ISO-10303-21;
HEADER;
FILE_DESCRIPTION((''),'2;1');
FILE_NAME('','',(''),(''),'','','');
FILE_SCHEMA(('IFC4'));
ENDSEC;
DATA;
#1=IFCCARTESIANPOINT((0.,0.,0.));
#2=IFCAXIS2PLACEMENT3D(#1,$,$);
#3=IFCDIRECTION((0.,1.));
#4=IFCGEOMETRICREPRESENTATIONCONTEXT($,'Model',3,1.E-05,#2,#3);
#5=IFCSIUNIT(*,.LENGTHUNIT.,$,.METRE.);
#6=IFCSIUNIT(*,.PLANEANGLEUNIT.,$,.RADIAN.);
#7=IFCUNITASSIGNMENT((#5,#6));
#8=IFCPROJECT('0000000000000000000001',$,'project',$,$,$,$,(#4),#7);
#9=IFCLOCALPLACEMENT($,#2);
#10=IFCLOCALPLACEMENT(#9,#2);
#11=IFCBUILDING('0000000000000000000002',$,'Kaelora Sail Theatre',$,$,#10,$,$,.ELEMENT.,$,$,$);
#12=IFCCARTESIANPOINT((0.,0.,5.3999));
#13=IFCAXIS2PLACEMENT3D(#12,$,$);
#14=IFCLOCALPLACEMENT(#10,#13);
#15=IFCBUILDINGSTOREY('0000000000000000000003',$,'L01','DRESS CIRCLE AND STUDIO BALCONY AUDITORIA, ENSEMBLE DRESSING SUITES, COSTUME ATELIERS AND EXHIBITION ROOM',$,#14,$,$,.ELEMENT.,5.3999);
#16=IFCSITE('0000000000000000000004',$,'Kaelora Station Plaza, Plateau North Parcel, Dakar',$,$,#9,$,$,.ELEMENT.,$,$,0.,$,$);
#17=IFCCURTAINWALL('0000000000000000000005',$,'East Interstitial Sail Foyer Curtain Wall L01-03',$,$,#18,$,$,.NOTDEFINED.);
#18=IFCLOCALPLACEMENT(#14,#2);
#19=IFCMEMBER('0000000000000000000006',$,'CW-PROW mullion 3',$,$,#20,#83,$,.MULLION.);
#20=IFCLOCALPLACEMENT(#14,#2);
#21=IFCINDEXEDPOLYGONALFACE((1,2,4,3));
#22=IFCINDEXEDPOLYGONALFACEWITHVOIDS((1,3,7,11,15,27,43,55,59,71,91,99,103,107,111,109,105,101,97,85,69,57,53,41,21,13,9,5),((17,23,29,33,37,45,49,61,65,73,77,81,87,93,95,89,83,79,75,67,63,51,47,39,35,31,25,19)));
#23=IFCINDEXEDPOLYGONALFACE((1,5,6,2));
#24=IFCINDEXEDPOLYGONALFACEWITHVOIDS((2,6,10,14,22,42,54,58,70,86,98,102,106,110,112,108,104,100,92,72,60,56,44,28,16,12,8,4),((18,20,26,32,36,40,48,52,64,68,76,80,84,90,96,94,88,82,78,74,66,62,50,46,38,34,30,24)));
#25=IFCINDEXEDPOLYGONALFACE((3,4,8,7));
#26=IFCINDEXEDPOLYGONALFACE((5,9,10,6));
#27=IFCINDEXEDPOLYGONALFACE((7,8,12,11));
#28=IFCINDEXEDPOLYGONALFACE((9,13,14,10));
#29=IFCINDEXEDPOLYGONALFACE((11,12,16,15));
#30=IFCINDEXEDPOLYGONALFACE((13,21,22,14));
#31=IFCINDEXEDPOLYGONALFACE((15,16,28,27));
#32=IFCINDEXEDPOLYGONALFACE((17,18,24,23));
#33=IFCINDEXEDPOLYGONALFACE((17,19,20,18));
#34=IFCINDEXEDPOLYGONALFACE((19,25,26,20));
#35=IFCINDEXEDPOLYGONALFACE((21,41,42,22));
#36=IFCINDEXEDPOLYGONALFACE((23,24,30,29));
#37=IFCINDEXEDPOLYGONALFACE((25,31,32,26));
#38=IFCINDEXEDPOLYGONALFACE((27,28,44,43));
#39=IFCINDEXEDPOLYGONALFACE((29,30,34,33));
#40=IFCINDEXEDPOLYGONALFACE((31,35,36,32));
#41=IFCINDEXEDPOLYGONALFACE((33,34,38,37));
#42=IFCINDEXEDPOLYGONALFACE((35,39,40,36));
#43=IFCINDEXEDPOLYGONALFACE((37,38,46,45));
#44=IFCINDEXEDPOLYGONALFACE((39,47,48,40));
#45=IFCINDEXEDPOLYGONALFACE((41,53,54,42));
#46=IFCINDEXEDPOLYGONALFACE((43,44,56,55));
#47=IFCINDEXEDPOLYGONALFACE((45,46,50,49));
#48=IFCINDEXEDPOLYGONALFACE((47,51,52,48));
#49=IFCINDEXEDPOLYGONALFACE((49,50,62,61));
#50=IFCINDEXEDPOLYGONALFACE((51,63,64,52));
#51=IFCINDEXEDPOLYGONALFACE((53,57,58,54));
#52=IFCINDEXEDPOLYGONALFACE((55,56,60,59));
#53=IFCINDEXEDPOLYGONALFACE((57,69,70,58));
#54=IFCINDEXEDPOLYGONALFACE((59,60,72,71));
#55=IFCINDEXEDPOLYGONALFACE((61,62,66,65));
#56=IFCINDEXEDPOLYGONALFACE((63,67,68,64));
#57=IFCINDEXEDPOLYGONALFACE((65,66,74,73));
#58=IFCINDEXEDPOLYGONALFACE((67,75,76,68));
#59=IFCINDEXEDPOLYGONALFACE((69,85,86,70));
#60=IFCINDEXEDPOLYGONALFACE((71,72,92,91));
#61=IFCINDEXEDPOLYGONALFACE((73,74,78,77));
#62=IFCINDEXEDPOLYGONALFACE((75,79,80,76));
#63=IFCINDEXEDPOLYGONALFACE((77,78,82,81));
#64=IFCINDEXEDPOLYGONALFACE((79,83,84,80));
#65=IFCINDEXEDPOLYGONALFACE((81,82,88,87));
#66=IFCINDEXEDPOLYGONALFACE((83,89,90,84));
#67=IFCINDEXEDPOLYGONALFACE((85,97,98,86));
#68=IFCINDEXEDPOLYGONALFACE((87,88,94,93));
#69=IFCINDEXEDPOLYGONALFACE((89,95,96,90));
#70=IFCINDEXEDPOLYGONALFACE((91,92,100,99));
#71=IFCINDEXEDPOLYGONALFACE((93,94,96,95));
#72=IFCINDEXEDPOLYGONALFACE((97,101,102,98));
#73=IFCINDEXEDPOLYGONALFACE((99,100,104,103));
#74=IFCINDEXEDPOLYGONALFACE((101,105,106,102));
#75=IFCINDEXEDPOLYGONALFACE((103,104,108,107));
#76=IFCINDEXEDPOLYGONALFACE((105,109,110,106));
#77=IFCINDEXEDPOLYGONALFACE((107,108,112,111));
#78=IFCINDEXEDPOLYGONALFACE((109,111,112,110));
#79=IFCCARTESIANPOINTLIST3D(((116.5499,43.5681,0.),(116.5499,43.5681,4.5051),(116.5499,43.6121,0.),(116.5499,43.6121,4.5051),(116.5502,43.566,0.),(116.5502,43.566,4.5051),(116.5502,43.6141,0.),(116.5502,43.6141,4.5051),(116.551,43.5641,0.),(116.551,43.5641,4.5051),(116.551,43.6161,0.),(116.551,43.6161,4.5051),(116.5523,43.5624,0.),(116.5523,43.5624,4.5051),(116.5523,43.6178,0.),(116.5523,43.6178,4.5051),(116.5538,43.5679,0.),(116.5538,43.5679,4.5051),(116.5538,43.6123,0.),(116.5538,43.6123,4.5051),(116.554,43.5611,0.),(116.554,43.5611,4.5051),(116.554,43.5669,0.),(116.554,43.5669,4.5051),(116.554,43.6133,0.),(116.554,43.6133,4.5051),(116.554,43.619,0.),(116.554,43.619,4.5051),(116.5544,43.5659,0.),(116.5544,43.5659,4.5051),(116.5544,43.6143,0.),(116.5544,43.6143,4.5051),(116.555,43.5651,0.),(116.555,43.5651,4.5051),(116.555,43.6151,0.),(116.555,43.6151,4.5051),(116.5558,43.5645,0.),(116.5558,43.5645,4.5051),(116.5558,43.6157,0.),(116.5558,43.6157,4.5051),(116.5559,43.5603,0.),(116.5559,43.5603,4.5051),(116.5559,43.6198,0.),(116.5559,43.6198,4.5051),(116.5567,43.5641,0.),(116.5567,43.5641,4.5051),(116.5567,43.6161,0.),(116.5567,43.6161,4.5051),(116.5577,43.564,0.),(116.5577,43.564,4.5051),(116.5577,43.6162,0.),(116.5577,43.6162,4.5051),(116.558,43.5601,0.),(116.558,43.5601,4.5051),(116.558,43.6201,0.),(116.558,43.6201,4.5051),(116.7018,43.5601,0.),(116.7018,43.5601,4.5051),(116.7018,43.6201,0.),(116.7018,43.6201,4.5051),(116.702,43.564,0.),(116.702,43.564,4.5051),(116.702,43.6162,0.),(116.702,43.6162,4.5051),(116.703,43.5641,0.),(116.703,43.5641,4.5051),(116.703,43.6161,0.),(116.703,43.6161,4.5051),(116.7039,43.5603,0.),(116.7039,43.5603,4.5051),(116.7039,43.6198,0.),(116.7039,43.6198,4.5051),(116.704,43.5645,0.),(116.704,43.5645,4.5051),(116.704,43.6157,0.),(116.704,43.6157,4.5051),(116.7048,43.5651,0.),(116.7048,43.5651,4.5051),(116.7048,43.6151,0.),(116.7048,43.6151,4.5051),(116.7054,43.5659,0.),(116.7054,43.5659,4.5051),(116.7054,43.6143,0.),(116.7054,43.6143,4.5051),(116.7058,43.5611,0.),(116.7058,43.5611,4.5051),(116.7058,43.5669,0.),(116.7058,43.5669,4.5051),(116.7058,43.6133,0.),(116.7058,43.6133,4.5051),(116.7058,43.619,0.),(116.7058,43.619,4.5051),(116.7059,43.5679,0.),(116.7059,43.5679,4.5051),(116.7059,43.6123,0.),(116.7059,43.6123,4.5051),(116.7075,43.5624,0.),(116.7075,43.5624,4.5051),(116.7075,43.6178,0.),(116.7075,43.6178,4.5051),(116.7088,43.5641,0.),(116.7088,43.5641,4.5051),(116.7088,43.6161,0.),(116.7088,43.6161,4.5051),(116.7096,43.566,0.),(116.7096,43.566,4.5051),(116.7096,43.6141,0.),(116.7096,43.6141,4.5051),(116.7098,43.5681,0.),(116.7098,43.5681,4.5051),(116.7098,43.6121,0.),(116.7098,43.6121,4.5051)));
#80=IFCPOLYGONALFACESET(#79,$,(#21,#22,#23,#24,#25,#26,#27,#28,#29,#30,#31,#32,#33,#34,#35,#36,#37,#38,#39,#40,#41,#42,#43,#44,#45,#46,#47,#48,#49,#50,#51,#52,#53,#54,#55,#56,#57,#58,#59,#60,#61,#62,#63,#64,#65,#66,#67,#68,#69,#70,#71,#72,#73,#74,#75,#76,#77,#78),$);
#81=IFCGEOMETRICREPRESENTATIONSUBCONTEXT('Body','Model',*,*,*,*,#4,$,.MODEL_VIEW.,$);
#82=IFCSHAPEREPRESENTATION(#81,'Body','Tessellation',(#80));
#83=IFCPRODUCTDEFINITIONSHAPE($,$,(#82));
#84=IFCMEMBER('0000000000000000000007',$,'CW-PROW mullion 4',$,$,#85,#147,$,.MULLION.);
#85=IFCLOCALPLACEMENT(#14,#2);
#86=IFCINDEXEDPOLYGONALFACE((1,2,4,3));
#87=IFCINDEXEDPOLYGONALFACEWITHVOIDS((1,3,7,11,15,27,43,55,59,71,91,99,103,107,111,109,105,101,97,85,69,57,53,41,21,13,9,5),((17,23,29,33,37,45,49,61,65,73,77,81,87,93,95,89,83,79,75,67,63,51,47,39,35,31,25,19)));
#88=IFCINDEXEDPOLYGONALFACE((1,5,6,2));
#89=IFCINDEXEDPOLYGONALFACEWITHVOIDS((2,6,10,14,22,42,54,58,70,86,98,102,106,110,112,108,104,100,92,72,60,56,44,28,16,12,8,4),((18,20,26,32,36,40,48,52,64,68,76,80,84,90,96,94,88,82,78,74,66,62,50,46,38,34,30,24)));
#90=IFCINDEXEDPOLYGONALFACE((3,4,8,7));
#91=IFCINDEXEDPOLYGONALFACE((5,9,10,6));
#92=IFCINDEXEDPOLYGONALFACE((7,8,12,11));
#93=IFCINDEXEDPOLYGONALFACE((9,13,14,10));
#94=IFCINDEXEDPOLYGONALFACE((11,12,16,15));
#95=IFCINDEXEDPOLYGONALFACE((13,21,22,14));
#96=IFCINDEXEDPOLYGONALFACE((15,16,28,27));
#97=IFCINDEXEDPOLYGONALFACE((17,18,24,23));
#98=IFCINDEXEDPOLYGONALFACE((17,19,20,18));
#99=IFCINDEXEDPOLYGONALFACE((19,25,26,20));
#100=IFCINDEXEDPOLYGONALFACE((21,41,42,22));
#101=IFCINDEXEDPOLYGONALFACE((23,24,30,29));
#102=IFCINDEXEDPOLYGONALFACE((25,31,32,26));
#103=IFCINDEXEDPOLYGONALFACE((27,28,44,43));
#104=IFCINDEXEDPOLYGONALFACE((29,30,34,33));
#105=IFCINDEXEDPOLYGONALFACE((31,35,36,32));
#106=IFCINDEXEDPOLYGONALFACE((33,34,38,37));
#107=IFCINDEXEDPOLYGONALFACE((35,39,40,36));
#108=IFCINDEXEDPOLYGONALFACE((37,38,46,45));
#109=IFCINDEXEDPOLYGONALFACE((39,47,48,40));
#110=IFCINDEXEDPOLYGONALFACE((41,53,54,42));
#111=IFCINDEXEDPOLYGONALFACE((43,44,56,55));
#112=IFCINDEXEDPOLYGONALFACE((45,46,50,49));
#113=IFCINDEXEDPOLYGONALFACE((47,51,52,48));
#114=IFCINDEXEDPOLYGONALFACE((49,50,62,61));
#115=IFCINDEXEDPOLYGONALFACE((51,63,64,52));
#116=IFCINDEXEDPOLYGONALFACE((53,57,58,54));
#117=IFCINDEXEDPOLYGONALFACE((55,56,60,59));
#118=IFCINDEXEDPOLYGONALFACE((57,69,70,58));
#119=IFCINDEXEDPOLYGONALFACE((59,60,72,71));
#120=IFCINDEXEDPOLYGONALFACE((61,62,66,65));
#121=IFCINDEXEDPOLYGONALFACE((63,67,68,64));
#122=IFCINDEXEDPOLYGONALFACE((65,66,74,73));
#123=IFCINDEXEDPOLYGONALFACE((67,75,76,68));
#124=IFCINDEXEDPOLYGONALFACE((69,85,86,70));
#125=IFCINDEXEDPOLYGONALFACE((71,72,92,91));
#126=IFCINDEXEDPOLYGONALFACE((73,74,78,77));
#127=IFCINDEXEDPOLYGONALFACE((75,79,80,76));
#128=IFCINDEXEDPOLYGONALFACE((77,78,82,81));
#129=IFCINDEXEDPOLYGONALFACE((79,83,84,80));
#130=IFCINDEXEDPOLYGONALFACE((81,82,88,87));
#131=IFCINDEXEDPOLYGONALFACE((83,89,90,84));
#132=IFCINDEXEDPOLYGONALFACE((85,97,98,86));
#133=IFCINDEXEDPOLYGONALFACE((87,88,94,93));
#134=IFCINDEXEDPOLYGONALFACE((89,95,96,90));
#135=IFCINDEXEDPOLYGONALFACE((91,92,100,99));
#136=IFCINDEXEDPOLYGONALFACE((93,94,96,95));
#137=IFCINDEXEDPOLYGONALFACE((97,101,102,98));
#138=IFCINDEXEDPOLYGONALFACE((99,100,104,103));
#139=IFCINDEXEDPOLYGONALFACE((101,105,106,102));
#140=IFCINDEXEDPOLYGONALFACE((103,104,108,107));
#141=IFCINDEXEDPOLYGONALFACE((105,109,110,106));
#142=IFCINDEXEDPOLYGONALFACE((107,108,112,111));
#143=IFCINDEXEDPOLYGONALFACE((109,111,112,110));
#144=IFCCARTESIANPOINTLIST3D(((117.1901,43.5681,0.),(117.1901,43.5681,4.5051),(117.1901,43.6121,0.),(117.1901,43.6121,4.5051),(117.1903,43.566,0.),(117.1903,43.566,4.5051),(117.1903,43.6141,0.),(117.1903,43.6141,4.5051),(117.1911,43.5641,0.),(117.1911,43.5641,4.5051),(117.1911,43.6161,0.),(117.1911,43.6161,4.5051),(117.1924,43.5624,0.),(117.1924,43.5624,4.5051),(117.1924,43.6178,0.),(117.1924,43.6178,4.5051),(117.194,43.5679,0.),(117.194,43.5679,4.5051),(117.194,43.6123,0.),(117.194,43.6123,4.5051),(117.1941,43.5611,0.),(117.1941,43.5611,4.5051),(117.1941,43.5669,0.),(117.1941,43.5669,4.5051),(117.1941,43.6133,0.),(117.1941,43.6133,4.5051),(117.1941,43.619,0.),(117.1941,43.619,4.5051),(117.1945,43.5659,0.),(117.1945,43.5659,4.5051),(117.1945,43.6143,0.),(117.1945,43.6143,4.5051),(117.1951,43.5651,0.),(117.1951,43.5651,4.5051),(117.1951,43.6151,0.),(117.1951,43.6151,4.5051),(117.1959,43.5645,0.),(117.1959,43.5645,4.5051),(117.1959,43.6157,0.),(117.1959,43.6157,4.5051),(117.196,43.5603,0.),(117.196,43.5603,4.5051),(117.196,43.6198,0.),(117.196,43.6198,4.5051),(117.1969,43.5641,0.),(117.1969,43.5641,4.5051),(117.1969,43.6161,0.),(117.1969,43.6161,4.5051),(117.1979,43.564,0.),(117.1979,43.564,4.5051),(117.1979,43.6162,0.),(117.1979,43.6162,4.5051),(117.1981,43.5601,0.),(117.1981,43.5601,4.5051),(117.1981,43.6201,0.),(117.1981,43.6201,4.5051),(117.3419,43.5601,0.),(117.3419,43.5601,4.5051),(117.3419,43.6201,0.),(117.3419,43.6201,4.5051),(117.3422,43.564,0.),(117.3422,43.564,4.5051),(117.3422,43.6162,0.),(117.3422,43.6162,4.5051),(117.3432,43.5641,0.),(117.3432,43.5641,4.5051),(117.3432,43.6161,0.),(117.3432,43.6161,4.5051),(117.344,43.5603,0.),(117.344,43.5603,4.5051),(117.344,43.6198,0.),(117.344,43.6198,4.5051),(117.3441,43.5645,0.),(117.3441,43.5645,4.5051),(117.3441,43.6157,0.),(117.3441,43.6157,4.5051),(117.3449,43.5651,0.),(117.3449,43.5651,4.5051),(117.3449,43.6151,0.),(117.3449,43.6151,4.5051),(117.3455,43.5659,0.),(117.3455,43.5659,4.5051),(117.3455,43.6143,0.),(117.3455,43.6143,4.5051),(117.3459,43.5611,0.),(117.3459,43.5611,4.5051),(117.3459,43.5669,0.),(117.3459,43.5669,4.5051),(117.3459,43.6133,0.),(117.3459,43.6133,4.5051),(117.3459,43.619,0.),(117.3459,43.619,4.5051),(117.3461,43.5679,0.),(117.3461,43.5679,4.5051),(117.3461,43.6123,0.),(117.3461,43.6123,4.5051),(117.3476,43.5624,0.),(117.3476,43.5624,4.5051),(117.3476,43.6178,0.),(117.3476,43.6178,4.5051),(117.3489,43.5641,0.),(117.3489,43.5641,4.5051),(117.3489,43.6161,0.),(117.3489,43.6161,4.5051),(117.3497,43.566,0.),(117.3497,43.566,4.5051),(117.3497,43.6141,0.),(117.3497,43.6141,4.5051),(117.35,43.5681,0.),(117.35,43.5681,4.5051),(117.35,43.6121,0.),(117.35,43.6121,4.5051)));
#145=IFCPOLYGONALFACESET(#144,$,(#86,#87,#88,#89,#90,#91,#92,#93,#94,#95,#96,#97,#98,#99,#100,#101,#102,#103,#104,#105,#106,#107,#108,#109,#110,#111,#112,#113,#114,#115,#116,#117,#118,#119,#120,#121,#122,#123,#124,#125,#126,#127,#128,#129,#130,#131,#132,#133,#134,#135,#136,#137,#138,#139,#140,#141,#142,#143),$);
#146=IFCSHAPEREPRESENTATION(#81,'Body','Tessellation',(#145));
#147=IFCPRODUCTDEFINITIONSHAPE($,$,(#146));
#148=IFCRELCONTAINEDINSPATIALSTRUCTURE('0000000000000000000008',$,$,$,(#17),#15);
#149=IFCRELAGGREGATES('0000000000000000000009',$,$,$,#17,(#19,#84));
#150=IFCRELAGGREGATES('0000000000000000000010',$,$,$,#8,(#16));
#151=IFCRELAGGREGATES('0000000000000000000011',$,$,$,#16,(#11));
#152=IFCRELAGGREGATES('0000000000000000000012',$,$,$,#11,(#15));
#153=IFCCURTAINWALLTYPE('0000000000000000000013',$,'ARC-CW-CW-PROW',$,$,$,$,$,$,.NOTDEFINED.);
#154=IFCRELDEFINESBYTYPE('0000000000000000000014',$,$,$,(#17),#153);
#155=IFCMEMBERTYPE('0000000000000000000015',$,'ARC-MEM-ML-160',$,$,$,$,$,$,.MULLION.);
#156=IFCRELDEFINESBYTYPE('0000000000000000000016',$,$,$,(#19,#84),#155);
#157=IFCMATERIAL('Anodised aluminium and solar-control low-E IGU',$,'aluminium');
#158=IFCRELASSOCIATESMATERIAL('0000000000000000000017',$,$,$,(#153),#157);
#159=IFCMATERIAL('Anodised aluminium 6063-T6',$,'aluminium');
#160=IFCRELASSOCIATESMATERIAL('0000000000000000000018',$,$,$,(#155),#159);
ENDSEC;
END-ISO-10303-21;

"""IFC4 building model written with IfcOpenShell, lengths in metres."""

from ifc_helpers import new_model, si_unit, direction, frame, origin, origin_2d, place, context, subcontext, project, spatial, hollow_rectangle, extrude, material, material_profile, profile_set, type_object, element, aggregate, save


model = new_model("IFC4")

# Units and contexts
model_context = context("Model", 3, precision=1e-05, world=origin(), true_north=direction((0.0, 1.0)))
body_context = subcontext(model_context, "Body", "Model", "MODEL_VIEW")
ifc_project = project(units=[si_unit("LENGTHUNIT", "METRE"), si_unit("PLANEANGLEUNIT", "RADIAN")], contexts=[model_context])

# Site, building, storey
site_placement = place(None, origin())
site = spatial("IfcSite", under=ifc_project, at=site_placement, Name="Kaelora Station Plaza, Plateau North Parcel, Dakar", CompositionType="ELEMENT", RefElevation=0.0)
building_placement = place(site_placement, origin())
building = spatial("IfcBuilding", under=site, at=building_placement, Name="Kaelora Sail Theatre", CompositionType="ELEMENT")
storey_placement = place(building_placement, frame((0.0, 0.0, 5.3999)))
storey = spatial("IfcBuildingStorey", under=building, at=storey_placement, Name="L01", Description="DRESS CIRCLE AND STUDIO BALCONY AUDITORIA, ENSEMBLE DRESSING SUITES, COSTUME ATELIERS AND EXHIBITION ROOM", CompositionType="ELEMENT", Elevation=5.3999)

# Curtain wall, members
ifc_material_1 = material(Name="Anodised aluminium and solar-control low-E IGU", Category="aluminium")
curtain_wall_type = type_object("IfcCurtainWallType", Name="ARC-CW-CW-PROW", PredefinedType="NOTDEFINED", material=ifc_material_1)
curtain_wall_placement = place(storey_placement, origin())
curtain_wall = element("IfcCurtainWall", 1, at=curtain_wall_placement, inside=storey, type_object=curtain_wall_type, Name="East Interstitial Sail Foyer Curtain Wall L01-03", PredefinedType="NOTDEFINED")
ifc_material_2 = material(Name="Anodised aluminium 6063-T6", Category="aluminium")
ifc_material_profile_1 = material_profile(ifc_material_2, hollow_rectangle(XDim=0.0601, YDim=0.1599, WallThickness=0.0039, InnerFilletRadius=0.0039, OuterFilletRadius=0.0081, at=origin_2d()), Name="ALU-MULL 60x160x4")
ifc_profile_set_1 = profile_set([ifc_material_profile_1], Name="Anodised aluminium 6063-T6")
member_type_1 = type_object("IfcMemberType", Name="ARC-MEM-ML-160", PredefinedType="MULLION", material=ifc_profile_set_1)
member_1_placement = place(storey_placement, frame((116.6299, 43.5901, 0.0), z_axis=(0.0, 0.0, 1.0), x_axis=(0.0, 1.0, 0.0)))
member_1 = element("IfcMember", 2, at=member_1_placement, type_object=member_type_1, Name="CW-PROW mullion 3", PredefinedType="MULLION", context=body_context, shape_type="SweptSolid", body=[
    extrude(hollow_rectangle(XDim=0.0601, YDim=0.1599, WallThickness=0.0039, InnerFilletRadius=0.0039, OuterFilletRadius=0.0081, at=origin_2d()), origin(), (0.0, 0.0, 1.0), 4.5051),
])
member_2_placement = place(storey_placement, frame((117.27, 43.5901, 0.0), z_axis=(0.0, 0.0, 1.0), x_axis=(0.0, 1.0, 0.0)))
member_2 = element("IfcMember", 3, at=member_2_placement, type_object=member_type_1, Name="CW-PROW mullion 4", PredefinedType="MULLION", context=body_context, shape_type="SweptSolid", body=[
    extrude(hollow_rectangle(XDim=0.0601, YDim=0.1599, WallThickness=0.0039, InnerFilletRadius=0.0039, OuterFilletRadius=0.0081, at=origin_2d()), origin(), (0.0, 0.0, 1.0), 4.5051),
])
aggregate(curtain_wall, [member_1, member_2])

save(model, "model.ifc")
